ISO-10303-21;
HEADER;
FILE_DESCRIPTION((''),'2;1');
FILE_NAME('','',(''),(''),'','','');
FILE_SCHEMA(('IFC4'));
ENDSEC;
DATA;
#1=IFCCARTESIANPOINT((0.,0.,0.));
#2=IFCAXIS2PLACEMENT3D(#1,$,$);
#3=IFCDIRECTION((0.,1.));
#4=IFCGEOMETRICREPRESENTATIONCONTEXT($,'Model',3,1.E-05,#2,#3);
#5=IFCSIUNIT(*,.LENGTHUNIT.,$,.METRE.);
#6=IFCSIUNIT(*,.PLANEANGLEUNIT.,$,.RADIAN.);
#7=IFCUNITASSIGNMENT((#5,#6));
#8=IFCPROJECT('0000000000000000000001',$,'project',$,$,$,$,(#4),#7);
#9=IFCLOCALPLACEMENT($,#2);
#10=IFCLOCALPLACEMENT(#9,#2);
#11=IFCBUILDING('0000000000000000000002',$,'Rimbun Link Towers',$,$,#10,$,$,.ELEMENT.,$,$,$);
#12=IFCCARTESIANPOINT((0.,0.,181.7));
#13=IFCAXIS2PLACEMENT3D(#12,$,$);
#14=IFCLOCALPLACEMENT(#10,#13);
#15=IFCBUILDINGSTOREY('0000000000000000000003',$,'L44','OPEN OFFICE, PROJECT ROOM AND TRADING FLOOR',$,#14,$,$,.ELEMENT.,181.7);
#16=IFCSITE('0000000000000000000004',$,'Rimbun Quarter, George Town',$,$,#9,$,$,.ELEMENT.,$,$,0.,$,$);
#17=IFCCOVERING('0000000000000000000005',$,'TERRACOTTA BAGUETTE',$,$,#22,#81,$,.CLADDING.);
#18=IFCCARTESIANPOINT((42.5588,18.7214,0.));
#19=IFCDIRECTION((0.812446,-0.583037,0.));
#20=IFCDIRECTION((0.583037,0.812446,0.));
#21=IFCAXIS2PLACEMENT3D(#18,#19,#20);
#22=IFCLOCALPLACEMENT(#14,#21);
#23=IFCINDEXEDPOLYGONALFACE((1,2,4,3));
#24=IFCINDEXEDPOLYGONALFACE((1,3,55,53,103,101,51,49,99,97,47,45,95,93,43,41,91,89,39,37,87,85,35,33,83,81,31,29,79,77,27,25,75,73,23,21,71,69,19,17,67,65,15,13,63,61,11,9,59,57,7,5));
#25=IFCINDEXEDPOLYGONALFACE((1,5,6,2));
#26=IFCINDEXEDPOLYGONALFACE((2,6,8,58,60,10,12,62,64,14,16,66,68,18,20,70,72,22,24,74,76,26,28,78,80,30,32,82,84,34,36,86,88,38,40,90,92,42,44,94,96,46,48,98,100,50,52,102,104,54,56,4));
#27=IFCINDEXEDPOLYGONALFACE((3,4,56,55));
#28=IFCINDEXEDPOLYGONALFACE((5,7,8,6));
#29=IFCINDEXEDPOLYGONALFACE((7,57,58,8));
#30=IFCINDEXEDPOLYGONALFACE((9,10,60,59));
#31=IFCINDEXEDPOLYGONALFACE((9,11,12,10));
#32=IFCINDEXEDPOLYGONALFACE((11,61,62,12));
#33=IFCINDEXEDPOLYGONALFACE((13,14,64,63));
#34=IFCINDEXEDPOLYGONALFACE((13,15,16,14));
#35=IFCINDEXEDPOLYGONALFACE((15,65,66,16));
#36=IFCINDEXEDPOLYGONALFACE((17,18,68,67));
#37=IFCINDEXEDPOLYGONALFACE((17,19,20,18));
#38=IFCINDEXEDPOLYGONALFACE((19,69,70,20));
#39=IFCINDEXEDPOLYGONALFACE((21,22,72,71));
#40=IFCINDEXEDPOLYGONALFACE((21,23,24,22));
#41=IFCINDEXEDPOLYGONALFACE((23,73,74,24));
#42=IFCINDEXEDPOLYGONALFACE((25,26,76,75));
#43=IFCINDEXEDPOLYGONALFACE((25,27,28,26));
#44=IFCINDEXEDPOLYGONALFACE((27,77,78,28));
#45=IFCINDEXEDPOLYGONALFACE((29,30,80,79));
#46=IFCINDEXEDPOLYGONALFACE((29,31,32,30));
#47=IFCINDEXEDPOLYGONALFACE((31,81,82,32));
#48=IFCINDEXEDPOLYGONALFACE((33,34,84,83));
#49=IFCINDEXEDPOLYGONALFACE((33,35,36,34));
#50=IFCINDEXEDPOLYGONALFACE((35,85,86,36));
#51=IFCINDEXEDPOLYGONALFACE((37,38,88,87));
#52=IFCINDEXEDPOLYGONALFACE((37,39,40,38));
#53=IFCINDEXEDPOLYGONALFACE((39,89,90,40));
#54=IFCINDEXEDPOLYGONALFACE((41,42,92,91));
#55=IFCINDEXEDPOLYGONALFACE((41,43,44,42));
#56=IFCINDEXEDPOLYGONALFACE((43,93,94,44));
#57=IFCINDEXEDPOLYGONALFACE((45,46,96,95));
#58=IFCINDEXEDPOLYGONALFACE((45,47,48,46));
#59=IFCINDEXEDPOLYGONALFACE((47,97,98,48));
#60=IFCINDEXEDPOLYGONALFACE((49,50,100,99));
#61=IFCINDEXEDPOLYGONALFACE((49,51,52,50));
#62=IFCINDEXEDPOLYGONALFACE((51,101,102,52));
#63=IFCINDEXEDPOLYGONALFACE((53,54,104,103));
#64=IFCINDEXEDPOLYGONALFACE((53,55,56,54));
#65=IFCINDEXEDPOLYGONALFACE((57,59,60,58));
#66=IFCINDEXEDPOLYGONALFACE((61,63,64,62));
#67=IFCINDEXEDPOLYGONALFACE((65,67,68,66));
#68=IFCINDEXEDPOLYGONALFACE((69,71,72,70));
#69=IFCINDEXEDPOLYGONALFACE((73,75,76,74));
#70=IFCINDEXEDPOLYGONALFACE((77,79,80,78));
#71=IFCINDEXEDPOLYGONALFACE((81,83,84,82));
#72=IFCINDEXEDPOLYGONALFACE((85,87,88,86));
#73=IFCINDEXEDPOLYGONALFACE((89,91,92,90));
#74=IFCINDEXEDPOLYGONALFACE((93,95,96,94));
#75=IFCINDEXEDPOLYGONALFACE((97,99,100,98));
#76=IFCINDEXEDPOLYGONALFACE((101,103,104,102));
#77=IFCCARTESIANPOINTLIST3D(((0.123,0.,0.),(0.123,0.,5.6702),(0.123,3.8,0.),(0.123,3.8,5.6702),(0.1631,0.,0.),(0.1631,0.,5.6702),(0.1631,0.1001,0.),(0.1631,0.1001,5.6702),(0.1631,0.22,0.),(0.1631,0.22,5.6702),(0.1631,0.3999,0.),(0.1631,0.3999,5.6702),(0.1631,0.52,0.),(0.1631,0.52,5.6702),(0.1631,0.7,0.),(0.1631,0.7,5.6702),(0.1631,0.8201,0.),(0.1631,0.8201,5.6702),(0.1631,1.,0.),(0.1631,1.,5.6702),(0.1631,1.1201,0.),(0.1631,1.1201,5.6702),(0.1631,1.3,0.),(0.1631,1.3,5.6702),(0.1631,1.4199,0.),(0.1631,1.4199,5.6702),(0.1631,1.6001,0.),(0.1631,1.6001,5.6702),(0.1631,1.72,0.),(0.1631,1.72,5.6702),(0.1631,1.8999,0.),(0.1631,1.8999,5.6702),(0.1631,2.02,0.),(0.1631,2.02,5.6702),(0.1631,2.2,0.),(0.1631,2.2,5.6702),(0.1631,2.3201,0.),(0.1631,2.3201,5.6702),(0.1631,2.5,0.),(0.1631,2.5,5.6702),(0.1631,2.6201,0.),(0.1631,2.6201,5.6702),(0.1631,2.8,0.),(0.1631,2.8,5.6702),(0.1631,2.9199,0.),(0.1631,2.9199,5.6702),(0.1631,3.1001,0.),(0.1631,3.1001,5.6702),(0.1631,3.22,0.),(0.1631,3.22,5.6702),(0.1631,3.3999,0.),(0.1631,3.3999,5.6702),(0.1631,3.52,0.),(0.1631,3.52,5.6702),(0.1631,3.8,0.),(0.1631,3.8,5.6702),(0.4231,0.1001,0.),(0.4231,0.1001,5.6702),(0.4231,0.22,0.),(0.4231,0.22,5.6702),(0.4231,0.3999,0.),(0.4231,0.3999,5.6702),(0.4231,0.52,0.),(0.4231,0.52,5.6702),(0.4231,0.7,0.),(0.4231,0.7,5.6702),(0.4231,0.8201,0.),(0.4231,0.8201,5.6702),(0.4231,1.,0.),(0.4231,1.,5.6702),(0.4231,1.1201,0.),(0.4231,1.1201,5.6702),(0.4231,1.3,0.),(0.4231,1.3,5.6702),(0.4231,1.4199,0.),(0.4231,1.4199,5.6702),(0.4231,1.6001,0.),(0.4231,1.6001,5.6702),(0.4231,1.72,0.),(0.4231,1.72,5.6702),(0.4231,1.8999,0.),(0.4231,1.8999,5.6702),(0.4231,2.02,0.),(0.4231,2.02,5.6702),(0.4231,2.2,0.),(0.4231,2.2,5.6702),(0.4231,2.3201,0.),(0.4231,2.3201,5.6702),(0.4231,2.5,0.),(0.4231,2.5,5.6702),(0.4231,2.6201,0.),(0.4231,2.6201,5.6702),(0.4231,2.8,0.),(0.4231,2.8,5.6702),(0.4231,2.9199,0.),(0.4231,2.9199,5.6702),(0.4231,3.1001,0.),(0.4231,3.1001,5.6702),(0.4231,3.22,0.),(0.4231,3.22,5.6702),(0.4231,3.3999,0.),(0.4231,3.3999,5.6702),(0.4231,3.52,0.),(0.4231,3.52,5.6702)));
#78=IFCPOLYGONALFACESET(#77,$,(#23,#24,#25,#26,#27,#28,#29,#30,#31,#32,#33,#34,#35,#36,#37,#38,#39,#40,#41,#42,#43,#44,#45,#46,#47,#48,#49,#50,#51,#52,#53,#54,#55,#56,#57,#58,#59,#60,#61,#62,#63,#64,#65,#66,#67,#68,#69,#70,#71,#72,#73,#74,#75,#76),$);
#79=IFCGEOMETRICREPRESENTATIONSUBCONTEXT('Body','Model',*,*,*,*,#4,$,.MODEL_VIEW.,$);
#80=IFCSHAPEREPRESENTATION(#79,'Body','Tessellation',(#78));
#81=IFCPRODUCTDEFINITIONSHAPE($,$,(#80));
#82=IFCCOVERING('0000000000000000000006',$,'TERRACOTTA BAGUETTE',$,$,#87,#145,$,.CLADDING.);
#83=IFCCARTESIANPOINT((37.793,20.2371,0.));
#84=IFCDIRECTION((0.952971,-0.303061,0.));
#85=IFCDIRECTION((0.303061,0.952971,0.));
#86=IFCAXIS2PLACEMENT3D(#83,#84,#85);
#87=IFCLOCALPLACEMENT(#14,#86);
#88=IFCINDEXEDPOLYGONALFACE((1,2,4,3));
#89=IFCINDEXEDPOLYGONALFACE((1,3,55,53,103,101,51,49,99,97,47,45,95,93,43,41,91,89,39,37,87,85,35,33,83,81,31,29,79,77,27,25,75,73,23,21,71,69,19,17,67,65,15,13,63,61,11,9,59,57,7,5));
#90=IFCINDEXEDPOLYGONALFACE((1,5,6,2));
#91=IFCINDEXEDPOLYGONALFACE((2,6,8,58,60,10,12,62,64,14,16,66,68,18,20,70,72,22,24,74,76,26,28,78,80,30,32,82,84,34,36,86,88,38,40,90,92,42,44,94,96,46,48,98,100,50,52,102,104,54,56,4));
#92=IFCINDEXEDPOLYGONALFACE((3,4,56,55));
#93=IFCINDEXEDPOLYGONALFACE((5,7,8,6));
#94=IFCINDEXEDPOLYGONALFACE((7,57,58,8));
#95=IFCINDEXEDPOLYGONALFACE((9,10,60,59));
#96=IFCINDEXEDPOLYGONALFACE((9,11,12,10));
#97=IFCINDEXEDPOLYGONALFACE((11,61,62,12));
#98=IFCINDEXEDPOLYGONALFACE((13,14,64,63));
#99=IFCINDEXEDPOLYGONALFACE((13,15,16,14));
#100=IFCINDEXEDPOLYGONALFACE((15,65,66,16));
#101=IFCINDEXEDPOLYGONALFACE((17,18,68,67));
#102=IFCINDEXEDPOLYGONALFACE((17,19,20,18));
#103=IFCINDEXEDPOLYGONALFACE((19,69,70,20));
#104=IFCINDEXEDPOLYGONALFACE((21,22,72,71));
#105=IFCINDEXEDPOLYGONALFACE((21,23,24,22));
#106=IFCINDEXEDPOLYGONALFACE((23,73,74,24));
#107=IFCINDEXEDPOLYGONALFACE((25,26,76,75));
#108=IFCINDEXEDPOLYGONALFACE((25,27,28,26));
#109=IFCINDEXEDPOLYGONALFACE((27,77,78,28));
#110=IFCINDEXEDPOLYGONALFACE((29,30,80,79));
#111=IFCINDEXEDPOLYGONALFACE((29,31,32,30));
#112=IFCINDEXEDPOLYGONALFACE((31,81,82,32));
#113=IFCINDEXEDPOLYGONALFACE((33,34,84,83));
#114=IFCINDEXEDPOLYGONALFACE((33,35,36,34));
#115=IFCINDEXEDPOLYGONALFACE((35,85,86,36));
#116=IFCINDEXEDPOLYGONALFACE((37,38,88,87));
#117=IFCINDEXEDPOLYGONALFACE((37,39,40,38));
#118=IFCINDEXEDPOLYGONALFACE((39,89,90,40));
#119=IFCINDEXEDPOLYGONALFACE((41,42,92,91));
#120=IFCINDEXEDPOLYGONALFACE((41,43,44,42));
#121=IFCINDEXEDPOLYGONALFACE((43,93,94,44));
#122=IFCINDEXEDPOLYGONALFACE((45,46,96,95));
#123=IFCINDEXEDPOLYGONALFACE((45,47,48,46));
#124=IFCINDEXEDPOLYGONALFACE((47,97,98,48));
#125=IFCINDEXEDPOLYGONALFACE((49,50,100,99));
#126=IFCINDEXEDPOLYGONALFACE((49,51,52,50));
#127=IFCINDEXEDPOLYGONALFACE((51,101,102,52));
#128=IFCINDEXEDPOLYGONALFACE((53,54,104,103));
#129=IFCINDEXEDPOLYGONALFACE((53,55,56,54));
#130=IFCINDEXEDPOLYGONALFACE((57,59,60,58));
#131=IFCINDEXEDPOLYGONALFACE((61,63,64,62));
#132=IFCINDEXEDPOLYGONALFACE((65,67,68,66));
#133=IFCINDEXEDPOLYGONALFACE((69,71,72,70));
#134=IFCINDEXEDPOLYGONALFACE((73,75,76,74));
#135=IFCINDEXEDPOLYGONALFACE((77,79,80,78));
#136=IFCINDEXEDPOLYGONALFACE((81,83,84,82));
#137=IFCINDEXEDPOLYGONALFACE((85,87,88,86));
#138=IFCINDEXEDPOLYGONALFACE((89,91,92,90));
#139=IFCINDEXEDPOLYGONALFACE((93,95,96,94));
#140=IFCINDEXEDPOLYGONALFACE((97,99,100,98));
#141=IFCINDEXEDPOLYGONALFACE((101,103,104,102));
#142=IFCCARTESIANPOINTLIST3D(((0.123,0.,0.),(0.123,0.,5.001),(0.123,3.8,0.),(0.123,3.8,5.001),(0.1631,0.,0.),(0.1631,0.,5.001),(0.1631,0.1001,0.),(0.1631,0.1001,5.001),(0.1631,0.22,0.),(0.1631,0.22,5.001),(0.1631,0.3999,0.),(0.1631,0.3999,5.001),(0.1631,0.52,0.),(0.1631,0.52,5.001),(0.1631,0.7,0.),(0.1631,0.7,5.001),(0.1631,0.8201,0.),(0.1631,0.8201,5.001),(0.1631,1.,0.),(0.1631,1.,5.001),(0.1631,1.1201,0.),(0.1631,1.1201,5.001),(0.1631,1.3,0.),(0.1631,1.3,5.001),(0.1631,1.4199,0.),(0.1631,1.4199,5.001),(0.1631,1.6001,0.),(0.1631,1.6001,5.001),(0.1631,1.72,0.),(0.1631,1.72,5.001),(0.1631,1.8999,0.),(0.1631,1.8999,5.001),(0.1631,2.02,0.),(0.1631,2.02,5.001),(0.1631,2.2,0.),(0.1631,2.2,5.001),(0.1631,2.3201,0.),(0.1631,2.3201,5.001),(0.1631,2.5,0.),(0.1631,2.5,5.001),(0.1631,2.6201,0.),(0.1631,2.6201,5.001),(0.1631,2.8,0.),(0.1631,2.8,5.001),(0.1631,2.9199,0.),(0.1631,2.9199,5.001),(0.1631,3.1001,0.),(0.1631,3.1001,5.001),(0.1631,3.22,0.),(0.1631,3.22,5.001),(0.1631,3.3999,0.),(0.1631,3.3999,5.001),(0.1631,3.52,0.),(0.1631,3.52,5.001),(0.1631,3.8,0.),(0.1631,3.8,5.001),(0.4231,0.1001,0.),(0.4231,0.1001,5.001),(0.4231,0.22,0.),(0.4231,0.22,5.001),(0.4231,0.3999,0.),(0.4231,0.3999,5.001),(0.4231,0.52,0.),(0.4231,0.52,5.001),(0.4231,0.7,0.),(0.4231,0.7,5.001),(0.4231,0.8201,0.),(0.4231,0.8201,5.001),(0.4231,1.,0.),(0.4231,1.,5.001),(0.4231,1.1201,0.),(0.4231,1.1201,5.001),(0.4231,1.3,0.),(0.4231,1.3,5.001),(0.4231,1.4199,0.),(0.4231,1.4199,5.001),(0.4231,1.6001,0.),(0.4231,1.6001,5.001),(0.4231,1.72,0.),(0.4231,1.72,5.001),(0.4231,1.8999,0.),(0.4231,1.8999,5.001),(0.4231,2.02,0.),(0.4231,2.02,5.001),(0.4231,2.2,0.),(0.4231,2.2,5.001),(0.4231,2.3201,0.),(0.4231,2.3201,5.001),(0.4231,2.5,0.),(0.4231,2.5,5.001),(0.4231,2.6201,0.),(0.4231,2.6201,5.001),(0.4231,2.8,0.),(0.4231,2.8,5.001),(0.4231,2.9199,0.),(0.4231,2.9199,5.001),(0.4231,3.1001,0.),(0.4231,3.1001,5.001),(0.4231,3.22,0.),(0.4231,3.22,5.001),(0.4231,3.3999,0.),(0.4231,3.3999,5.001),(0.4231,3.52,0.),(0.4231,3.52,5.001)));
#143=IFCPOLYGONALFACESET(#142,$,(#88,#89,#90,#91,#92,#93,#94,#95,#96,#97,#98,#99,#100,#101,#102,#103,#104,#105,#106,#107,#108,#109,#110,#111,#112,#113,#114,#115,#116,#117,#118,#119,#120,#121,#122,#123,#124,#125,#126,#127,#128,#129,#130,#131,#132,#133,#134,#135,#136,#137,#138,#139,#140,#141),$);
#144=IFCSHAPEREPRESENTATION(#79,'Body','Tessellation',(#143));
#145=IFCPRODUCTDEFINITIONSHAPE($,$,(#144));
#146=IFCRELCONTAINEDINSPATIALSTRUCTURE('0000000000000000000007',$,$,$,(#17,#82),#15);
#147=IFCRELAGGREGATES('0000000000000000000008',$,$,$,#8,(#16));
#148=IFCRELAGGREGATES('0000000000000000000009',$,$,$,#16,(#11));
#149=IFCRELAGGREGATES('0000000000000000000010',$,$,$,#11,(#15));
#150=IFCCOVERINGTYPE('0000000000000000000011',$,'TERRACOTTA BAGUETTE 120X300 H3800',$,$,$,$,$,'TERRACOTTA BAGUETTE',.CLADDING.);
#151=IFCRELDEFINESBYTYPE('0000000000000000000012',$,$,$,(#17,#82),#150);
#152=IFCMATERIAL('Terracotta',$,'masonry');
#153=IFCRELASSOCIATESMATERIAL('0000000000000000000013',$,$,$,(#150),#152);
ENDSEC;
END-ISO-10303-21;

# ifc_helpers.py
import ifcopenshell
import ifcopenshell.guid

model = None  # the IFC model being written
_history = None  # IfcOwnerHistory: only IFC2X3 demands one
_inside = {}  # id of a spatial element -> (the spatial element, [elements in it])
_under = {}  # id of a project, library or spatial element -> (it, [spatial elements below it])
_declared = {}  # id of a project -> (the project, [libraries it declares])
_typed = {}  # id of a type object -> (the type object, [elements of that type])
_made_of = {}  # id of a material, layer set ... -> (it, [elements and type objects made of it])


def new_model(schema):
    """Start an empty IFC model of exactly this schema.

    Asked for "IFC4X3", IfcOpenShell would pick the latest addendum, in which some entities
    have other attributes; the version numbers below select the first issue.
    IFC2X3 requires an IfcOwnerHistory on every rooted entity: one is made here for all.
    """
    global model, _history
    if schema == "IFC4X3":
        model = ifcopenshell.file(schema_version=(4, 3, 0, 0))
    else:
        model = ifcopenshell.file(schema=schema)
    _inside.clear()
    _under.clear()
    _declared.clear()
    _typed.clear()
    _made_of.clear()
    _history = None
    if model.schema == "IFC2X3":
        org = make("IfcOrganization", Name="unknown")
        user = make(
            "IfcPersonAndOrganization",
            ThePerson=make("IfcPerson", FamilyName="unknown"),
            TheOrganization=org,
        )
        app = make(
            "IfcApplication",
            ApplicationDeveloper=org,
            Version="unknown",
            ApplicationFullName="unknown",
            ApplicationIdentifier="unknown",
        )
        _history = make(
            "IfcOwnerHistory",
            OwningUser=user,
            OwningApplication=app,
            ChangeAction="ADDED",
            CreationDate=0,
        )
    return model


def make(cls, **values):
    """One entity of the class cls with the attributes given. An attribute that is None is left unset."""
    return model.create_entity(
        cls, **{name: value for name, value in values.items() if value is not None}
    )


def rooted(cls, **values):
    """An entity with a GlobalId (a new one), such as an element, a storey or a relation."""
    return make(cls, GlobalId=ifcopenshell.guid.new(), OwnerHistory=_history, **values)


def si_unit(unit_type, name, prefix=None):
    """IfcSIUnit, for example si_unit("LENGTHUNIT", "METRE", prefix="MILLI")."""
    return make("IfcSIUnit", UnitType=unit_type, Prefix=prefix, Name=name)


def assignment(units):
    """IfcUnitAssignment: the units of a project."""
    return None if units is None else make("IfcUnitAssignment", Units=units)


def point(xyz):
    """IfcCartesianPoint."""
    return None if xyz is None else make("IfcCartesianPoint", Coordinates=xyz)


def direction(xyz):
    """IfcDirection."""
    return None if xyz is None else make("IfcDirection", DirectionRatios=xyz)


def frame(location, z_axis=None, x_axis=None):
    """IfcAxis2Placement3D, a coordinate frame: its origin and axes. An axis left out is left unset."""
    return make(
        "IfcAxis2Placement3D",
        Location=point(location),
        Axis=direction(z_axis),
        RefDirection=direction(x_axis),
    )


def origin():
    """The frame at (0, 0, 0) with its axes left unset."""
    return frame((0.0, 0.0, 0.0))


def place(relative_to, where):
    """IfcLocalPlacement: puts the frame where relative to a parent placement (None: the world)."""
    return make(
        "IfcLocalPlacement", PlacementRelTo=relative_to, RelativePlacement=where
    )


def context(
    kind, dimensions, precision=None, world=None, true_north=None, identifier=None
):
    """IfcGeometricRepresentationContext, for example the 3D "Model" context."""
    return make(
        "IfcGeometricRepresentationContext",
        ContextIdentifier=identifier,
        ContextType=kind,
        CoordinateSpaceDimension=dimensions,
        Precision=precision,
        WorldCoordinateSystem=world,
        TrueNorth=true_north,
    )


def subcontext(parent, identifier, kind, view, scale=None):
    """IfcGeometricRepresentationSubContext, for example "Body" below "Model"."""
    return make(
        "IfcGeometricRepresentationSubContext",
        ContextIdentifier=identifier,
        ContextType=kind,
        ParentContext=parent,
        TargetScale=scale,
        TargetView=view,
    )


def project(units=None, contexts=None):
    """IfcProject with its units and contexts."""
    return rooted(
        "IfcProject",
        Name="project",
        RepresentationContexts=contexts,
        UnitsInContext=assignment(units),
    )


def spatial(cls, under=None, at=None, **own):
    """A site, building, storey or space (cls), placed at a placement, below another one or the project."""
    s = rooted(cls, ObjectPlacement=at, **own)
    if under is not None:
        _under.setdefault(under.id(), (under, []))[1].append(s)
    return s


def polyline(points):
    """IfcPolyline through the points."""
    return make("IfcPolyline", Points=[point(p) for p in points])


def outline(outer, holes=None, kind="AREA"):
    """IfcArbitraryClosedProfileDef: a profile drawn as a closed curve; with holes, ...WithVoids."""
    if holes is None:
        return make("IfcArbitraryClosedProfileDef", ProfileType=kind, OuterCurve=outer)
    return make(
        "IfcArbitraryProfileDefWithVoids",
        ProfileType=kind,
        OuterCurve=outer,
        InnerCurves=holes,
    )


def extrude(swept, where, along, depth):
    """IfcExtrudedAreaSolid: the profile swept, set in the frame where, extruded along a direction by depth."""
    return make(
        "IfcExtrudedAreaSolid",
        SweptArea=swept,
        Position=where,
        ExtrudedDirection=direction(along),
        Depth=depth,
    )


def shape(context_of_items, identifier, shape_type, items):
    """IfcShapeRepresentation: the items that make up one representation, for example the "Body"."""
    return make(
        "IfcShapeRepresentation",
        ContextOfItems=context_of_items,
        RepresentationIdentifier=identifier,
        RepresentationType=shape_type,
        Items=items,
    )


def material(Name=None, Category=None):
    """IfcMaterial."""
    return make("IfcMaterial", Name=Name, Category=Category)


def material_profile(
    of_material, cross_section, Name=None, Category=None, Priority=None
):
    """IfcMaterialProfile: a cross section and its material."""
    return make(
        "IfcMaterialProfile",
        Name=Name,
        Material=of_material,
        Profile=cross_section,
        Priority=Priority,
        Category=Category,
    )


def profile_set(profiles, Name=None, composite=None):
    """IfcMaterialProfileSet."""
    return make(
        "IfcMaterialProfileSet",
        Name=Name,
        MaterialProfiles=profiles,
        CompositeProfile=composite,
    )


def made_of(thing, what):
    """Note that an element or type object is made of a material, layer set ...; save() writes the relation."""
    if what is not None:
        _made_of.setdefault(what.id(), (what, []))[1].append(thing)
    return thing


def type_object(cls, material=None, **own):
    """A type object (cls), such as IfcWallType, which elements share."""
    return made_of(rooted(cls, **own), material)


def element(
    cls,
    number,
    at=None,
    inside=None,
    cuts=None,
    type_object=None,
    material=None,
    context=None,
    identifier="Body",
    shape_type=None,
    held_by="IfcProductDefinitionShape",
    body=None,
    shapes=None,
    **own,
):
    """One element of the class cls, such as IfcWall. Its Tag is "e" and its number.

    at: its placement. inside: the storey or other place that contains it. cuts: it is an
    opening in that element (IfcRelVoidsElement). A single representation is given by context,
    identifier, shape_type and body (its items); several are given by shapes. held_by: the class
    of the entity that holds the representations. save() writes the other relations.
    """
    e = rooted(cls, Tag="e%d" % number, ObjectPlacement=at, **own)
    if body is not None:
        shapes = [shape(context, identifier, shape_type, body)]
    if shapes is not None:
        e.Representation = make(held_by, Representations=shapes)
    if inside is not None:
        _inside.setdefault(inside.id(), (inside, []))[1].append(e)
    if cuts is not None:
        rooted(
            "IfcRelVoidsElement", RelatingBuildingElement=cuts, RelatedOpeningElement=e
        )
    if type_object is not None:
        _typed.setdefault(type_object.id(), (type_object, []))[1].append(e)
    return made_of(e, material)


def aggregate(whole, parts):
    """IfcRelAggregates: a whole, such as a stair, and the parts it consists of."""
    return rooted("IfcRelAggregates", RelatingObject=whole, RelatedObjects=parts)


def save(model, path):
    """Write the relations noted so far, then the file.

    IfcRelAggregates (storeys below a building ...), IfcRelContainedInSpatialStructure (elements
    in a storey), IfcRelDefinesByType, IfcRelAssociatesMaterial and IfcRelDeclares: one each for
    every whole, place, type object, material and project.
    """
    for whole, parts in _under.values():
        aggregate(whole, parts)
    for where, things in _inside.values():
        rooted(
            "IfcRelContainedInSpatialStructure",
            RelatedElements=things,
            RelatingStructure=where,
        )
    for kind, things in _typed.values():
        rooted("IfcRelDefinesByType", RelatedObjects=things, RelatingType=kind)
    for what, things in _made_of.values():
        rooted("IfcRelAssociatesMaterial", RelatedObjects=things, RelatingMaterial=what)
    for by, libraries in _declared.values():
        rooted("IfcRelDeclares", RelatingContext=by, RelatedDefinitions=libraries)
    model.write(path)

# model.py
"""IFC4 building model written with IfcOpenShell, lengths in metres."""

from ifc_helpers import new_model, si_unit, direction, frame, origin, place, context, subcontext, project, spatial, polyline, outline, extrude, material, material_profile, profile_set, type_object, element, save


model = new_model("IFC4")

# Units and contexts
model_context = context("Model", 3, precision=1e-05, world=origin(), true_north=direction((0.0, 1.0)))
body_context = subcontext(model_context, "Body", "Model", "MODEL_VIEW")
ifc_project = project(units=[si_unit("LENGTHUNIT", "METRE"), si_unit("PLANEANGLEUNIT", "RADIAN")], contexts=[model_context])

# Site, building, storey
site_placement = place(None, origin())
site = spatial("IfcSite", under=ifc_project, at=site_placement, Name="Rimbun Quarter, George Town", CompositionType="ELEMENT", RefElevation=0.0)
building_placement = place(site_placement, origin())
building = spatial("IfcBuilding", under=site, at=building_placement, Name="Rimbun Link Towers", CompositionType="ELEMENT")
storey_placement = place(building_placement, frame((0.0, 0.0, 181.7)))
storey = spatial("IfcBuildingStorey", under=building, at=storey_placement, Name="L44", Description="OPEN OFFICE, PROJECT ROOM AND TRADING FLOOR", CompositionType="ELEMENT", Elevation=181.7)

# Coverings
ifc_material_1 = material(Name="Terracotta", Category="masonry")
ifc_material_profile_1 = material_profile(ifc_material_1, outline(polyline([(0.123, 0.0), (0.1631, 0.0), (0.1631, 0.1001), (0.4231, 0.1001), (0.4231, 0.22), (0.1631, 0.22), (0.1631, 0.3999), (0.4231, 0.3999), (0.4231, 0.52), (0.1631, 0.52), (0.1631, 0.7), (0.4231, 0.7), (0.4231, 0.8201), (0.1631, 0.8201), (0.1631, 1.0), (0.4231, 1.0), (0.4231, 1.1201), (0.1631, 1.1201), (0.1631, 1.3), (0.4231, 1.3), (0.4231, 1.4199), (0.1631, 1.4199), (0.1631, 1.6001), (0.4231, 1.6001), (0.4231, 1.72), (0.1631, 1.72), (0.1631, 1.8999), (0.4231, 1.8999), (0.4231, 2.02), (0.1631, 2.02), (0.1631, 2.2), (0.4231, 2.2), (0.4231, 2.3201), (0.1631, 2.3201), (0.1631, 2.5), (0.4231, 2.5), (0.4231, 2.6201), (0.1631, 2.6201), (0.1631, 2.8), (0.4231, 2.8), (0.4231, 2.9199), (0.1631, 2.9199), (0.1631, 3.1001), (0.4231, 3.1001), (0.4231, 3.22), (0.1631, 3.22), (0.1631, 3.3999), (0.4231, 3.3999), (0.4231, 3.52), (0.1631, 3.52), (0.1631, 3.8), (0.123, 3.8), (0.123, 0.0)])), Name="BAGUETTE 120X300")
ifc_profile_set_1 = profile_set([ifc_material_profile_1], Name="Terracotta")
covering_type = type_object("IfcCoveringType", Name="TERRACOTTA BAGUETTE 120X300 H3800", ElementType="TERRACOTTA BAGUETTE", PredefinedType="CLADDING", material=ifc_profile_set_1)
covering_1_placement = place(storey_placement, frame((42.5588, 18.7214, 0.0), z_axis=(0.812446, -0.583037, 0.0), x_axis=(0.583037, 0.812446, 0.0)))
element("IfcCovering", 1, at=covering_1_placement, inside=storey, type_object=covering_type, Name="TERRACOTTA BAGUETTE", PredefinedType="CLADDING", context=body_context, shape_type="SweptSolid", body=[
    extrude(outline(polyline([(0.123, 0.0), (0.1631, 0.0), (0.1631, 0.1001), (0.4231, 0.1001), (0.4231, 0.22), (0.1631, 0.22), (0.1631, 0.3999), (0.4231, 0.3999), (0.4231, 0.52), (0.1631, 0.52), (0.1631, 0.7), (0.4231, 0.7), (0.4231, 0.8201), (0.1631, 0.8201), (0.1631, 1.0), (0.4231, 1.0), (0.4231, 1.1201), (0.1631, 1.1201), (0.1631, 1.3), (0.4231, 1.3), (0.4231, 1.4199), (0.1631, 1.4199), (0.1631, 1.6001), (0.4231, 1.6001), (0.4231, 1.72), (0.1631, 1.72), (0.1631, 1.8999), (0.4231, 1.8999), (0.4231, 2.02), (0.1631, 2.02), (0.1631, 2.2), (0.4231, 2.2), (0.4231, 2.3201), (0.1631, 2.3201), (0.1631, 2.5), (0.4231, 2.5), (0.4231, 2.6201), (0.1631, 2.6201), (0.1631, 2.8), (0.4231, 2.8), (0.4231, 2.9199), (0.1631, 2.9199), (0.1631, 3.1001), (0.4231, 3.1001), (0.4231, 3.22), (0.1631, 3.22), (0.1631, 3.3999), (0.4231, 3.3999), (0.4231, 3.52), (0.1631, 3.52), (0.1631, 3.8), (0.123, 3.8), (0.123, 0.0)])), origin(), (0.0, 0.0, 1.0), 5.6702),
])
covering_2_placement = place(storey_placement, frame((37.793, 20.2371, 0.0), z_axis=(0.952971, -0.303061, 0.0), x_axis=(0.303061, 0.952971, 0.0)))
element("IfcCovering", 2, at=covering_2_placement, inside=storey, type_object=covering_type, Name="TERRACOTTA BAGUETTE", PredefinedType="CLADDING", context=body_context, shape_type="SweptSolid", body=[
    extrude(outline(polyline([(0.123, 0.0), (0.1631, 0.0), (0.1631, 0.1001), (0.4231, 0.1001), (0.4231, 0.22), (0.1631, 0.22), (0.1631, 0.3999), (0.4231, 0.3999), (0.4231, 0.52), (0.1631, 0.52), (0.1631, 0.7), (0.4231, 0.7), (0.4231, 0.8201), (0.1631, 0.8201), (0.1631, 1.0), (0.4231, 1.0), (0.4231, 1.1201), (0.1631, 1.1201), (0.1631, 1.3), (0.4231, 1.3), (0.4231, 1.4199), (0.1631, 1.4199), (0.1631, 1.6001), (0.4231, 1.6001), (0.4231, 1.72), (0.1631, 1.72), (0.1631, 1.8999), (0.4231, 1.8999), (0.4231, 2.02), (0.1631, 2.02), (0.1631, 2.2), (0.4231, 2.2), (0.4231, 2.3201), (0.1631, 2.3201), (0.1631, 2.5), (0.4231, 2.5), (0.4231, 2.6201), (0.1631, 2.6201), (0.1631, 2.8), (0.4231, 2.8), (0.4231, 2.9199), (0.1631, 2.9199), (0.1631, 3.1001), (0.4231, 3.1001), (0.4231, 3.22), (0.1631, 3.22), (0.1631, 3.3999), (0.4231, 3.3999), (0.4231, 3.52), (0.1631, 3.52), (0.1631, 3.8), (0.123, 3.8), (0.123, 0.0)])), origin(), (0.0, 0.0, 1.0), 5.001),
])

save(model, "model.ifc")
